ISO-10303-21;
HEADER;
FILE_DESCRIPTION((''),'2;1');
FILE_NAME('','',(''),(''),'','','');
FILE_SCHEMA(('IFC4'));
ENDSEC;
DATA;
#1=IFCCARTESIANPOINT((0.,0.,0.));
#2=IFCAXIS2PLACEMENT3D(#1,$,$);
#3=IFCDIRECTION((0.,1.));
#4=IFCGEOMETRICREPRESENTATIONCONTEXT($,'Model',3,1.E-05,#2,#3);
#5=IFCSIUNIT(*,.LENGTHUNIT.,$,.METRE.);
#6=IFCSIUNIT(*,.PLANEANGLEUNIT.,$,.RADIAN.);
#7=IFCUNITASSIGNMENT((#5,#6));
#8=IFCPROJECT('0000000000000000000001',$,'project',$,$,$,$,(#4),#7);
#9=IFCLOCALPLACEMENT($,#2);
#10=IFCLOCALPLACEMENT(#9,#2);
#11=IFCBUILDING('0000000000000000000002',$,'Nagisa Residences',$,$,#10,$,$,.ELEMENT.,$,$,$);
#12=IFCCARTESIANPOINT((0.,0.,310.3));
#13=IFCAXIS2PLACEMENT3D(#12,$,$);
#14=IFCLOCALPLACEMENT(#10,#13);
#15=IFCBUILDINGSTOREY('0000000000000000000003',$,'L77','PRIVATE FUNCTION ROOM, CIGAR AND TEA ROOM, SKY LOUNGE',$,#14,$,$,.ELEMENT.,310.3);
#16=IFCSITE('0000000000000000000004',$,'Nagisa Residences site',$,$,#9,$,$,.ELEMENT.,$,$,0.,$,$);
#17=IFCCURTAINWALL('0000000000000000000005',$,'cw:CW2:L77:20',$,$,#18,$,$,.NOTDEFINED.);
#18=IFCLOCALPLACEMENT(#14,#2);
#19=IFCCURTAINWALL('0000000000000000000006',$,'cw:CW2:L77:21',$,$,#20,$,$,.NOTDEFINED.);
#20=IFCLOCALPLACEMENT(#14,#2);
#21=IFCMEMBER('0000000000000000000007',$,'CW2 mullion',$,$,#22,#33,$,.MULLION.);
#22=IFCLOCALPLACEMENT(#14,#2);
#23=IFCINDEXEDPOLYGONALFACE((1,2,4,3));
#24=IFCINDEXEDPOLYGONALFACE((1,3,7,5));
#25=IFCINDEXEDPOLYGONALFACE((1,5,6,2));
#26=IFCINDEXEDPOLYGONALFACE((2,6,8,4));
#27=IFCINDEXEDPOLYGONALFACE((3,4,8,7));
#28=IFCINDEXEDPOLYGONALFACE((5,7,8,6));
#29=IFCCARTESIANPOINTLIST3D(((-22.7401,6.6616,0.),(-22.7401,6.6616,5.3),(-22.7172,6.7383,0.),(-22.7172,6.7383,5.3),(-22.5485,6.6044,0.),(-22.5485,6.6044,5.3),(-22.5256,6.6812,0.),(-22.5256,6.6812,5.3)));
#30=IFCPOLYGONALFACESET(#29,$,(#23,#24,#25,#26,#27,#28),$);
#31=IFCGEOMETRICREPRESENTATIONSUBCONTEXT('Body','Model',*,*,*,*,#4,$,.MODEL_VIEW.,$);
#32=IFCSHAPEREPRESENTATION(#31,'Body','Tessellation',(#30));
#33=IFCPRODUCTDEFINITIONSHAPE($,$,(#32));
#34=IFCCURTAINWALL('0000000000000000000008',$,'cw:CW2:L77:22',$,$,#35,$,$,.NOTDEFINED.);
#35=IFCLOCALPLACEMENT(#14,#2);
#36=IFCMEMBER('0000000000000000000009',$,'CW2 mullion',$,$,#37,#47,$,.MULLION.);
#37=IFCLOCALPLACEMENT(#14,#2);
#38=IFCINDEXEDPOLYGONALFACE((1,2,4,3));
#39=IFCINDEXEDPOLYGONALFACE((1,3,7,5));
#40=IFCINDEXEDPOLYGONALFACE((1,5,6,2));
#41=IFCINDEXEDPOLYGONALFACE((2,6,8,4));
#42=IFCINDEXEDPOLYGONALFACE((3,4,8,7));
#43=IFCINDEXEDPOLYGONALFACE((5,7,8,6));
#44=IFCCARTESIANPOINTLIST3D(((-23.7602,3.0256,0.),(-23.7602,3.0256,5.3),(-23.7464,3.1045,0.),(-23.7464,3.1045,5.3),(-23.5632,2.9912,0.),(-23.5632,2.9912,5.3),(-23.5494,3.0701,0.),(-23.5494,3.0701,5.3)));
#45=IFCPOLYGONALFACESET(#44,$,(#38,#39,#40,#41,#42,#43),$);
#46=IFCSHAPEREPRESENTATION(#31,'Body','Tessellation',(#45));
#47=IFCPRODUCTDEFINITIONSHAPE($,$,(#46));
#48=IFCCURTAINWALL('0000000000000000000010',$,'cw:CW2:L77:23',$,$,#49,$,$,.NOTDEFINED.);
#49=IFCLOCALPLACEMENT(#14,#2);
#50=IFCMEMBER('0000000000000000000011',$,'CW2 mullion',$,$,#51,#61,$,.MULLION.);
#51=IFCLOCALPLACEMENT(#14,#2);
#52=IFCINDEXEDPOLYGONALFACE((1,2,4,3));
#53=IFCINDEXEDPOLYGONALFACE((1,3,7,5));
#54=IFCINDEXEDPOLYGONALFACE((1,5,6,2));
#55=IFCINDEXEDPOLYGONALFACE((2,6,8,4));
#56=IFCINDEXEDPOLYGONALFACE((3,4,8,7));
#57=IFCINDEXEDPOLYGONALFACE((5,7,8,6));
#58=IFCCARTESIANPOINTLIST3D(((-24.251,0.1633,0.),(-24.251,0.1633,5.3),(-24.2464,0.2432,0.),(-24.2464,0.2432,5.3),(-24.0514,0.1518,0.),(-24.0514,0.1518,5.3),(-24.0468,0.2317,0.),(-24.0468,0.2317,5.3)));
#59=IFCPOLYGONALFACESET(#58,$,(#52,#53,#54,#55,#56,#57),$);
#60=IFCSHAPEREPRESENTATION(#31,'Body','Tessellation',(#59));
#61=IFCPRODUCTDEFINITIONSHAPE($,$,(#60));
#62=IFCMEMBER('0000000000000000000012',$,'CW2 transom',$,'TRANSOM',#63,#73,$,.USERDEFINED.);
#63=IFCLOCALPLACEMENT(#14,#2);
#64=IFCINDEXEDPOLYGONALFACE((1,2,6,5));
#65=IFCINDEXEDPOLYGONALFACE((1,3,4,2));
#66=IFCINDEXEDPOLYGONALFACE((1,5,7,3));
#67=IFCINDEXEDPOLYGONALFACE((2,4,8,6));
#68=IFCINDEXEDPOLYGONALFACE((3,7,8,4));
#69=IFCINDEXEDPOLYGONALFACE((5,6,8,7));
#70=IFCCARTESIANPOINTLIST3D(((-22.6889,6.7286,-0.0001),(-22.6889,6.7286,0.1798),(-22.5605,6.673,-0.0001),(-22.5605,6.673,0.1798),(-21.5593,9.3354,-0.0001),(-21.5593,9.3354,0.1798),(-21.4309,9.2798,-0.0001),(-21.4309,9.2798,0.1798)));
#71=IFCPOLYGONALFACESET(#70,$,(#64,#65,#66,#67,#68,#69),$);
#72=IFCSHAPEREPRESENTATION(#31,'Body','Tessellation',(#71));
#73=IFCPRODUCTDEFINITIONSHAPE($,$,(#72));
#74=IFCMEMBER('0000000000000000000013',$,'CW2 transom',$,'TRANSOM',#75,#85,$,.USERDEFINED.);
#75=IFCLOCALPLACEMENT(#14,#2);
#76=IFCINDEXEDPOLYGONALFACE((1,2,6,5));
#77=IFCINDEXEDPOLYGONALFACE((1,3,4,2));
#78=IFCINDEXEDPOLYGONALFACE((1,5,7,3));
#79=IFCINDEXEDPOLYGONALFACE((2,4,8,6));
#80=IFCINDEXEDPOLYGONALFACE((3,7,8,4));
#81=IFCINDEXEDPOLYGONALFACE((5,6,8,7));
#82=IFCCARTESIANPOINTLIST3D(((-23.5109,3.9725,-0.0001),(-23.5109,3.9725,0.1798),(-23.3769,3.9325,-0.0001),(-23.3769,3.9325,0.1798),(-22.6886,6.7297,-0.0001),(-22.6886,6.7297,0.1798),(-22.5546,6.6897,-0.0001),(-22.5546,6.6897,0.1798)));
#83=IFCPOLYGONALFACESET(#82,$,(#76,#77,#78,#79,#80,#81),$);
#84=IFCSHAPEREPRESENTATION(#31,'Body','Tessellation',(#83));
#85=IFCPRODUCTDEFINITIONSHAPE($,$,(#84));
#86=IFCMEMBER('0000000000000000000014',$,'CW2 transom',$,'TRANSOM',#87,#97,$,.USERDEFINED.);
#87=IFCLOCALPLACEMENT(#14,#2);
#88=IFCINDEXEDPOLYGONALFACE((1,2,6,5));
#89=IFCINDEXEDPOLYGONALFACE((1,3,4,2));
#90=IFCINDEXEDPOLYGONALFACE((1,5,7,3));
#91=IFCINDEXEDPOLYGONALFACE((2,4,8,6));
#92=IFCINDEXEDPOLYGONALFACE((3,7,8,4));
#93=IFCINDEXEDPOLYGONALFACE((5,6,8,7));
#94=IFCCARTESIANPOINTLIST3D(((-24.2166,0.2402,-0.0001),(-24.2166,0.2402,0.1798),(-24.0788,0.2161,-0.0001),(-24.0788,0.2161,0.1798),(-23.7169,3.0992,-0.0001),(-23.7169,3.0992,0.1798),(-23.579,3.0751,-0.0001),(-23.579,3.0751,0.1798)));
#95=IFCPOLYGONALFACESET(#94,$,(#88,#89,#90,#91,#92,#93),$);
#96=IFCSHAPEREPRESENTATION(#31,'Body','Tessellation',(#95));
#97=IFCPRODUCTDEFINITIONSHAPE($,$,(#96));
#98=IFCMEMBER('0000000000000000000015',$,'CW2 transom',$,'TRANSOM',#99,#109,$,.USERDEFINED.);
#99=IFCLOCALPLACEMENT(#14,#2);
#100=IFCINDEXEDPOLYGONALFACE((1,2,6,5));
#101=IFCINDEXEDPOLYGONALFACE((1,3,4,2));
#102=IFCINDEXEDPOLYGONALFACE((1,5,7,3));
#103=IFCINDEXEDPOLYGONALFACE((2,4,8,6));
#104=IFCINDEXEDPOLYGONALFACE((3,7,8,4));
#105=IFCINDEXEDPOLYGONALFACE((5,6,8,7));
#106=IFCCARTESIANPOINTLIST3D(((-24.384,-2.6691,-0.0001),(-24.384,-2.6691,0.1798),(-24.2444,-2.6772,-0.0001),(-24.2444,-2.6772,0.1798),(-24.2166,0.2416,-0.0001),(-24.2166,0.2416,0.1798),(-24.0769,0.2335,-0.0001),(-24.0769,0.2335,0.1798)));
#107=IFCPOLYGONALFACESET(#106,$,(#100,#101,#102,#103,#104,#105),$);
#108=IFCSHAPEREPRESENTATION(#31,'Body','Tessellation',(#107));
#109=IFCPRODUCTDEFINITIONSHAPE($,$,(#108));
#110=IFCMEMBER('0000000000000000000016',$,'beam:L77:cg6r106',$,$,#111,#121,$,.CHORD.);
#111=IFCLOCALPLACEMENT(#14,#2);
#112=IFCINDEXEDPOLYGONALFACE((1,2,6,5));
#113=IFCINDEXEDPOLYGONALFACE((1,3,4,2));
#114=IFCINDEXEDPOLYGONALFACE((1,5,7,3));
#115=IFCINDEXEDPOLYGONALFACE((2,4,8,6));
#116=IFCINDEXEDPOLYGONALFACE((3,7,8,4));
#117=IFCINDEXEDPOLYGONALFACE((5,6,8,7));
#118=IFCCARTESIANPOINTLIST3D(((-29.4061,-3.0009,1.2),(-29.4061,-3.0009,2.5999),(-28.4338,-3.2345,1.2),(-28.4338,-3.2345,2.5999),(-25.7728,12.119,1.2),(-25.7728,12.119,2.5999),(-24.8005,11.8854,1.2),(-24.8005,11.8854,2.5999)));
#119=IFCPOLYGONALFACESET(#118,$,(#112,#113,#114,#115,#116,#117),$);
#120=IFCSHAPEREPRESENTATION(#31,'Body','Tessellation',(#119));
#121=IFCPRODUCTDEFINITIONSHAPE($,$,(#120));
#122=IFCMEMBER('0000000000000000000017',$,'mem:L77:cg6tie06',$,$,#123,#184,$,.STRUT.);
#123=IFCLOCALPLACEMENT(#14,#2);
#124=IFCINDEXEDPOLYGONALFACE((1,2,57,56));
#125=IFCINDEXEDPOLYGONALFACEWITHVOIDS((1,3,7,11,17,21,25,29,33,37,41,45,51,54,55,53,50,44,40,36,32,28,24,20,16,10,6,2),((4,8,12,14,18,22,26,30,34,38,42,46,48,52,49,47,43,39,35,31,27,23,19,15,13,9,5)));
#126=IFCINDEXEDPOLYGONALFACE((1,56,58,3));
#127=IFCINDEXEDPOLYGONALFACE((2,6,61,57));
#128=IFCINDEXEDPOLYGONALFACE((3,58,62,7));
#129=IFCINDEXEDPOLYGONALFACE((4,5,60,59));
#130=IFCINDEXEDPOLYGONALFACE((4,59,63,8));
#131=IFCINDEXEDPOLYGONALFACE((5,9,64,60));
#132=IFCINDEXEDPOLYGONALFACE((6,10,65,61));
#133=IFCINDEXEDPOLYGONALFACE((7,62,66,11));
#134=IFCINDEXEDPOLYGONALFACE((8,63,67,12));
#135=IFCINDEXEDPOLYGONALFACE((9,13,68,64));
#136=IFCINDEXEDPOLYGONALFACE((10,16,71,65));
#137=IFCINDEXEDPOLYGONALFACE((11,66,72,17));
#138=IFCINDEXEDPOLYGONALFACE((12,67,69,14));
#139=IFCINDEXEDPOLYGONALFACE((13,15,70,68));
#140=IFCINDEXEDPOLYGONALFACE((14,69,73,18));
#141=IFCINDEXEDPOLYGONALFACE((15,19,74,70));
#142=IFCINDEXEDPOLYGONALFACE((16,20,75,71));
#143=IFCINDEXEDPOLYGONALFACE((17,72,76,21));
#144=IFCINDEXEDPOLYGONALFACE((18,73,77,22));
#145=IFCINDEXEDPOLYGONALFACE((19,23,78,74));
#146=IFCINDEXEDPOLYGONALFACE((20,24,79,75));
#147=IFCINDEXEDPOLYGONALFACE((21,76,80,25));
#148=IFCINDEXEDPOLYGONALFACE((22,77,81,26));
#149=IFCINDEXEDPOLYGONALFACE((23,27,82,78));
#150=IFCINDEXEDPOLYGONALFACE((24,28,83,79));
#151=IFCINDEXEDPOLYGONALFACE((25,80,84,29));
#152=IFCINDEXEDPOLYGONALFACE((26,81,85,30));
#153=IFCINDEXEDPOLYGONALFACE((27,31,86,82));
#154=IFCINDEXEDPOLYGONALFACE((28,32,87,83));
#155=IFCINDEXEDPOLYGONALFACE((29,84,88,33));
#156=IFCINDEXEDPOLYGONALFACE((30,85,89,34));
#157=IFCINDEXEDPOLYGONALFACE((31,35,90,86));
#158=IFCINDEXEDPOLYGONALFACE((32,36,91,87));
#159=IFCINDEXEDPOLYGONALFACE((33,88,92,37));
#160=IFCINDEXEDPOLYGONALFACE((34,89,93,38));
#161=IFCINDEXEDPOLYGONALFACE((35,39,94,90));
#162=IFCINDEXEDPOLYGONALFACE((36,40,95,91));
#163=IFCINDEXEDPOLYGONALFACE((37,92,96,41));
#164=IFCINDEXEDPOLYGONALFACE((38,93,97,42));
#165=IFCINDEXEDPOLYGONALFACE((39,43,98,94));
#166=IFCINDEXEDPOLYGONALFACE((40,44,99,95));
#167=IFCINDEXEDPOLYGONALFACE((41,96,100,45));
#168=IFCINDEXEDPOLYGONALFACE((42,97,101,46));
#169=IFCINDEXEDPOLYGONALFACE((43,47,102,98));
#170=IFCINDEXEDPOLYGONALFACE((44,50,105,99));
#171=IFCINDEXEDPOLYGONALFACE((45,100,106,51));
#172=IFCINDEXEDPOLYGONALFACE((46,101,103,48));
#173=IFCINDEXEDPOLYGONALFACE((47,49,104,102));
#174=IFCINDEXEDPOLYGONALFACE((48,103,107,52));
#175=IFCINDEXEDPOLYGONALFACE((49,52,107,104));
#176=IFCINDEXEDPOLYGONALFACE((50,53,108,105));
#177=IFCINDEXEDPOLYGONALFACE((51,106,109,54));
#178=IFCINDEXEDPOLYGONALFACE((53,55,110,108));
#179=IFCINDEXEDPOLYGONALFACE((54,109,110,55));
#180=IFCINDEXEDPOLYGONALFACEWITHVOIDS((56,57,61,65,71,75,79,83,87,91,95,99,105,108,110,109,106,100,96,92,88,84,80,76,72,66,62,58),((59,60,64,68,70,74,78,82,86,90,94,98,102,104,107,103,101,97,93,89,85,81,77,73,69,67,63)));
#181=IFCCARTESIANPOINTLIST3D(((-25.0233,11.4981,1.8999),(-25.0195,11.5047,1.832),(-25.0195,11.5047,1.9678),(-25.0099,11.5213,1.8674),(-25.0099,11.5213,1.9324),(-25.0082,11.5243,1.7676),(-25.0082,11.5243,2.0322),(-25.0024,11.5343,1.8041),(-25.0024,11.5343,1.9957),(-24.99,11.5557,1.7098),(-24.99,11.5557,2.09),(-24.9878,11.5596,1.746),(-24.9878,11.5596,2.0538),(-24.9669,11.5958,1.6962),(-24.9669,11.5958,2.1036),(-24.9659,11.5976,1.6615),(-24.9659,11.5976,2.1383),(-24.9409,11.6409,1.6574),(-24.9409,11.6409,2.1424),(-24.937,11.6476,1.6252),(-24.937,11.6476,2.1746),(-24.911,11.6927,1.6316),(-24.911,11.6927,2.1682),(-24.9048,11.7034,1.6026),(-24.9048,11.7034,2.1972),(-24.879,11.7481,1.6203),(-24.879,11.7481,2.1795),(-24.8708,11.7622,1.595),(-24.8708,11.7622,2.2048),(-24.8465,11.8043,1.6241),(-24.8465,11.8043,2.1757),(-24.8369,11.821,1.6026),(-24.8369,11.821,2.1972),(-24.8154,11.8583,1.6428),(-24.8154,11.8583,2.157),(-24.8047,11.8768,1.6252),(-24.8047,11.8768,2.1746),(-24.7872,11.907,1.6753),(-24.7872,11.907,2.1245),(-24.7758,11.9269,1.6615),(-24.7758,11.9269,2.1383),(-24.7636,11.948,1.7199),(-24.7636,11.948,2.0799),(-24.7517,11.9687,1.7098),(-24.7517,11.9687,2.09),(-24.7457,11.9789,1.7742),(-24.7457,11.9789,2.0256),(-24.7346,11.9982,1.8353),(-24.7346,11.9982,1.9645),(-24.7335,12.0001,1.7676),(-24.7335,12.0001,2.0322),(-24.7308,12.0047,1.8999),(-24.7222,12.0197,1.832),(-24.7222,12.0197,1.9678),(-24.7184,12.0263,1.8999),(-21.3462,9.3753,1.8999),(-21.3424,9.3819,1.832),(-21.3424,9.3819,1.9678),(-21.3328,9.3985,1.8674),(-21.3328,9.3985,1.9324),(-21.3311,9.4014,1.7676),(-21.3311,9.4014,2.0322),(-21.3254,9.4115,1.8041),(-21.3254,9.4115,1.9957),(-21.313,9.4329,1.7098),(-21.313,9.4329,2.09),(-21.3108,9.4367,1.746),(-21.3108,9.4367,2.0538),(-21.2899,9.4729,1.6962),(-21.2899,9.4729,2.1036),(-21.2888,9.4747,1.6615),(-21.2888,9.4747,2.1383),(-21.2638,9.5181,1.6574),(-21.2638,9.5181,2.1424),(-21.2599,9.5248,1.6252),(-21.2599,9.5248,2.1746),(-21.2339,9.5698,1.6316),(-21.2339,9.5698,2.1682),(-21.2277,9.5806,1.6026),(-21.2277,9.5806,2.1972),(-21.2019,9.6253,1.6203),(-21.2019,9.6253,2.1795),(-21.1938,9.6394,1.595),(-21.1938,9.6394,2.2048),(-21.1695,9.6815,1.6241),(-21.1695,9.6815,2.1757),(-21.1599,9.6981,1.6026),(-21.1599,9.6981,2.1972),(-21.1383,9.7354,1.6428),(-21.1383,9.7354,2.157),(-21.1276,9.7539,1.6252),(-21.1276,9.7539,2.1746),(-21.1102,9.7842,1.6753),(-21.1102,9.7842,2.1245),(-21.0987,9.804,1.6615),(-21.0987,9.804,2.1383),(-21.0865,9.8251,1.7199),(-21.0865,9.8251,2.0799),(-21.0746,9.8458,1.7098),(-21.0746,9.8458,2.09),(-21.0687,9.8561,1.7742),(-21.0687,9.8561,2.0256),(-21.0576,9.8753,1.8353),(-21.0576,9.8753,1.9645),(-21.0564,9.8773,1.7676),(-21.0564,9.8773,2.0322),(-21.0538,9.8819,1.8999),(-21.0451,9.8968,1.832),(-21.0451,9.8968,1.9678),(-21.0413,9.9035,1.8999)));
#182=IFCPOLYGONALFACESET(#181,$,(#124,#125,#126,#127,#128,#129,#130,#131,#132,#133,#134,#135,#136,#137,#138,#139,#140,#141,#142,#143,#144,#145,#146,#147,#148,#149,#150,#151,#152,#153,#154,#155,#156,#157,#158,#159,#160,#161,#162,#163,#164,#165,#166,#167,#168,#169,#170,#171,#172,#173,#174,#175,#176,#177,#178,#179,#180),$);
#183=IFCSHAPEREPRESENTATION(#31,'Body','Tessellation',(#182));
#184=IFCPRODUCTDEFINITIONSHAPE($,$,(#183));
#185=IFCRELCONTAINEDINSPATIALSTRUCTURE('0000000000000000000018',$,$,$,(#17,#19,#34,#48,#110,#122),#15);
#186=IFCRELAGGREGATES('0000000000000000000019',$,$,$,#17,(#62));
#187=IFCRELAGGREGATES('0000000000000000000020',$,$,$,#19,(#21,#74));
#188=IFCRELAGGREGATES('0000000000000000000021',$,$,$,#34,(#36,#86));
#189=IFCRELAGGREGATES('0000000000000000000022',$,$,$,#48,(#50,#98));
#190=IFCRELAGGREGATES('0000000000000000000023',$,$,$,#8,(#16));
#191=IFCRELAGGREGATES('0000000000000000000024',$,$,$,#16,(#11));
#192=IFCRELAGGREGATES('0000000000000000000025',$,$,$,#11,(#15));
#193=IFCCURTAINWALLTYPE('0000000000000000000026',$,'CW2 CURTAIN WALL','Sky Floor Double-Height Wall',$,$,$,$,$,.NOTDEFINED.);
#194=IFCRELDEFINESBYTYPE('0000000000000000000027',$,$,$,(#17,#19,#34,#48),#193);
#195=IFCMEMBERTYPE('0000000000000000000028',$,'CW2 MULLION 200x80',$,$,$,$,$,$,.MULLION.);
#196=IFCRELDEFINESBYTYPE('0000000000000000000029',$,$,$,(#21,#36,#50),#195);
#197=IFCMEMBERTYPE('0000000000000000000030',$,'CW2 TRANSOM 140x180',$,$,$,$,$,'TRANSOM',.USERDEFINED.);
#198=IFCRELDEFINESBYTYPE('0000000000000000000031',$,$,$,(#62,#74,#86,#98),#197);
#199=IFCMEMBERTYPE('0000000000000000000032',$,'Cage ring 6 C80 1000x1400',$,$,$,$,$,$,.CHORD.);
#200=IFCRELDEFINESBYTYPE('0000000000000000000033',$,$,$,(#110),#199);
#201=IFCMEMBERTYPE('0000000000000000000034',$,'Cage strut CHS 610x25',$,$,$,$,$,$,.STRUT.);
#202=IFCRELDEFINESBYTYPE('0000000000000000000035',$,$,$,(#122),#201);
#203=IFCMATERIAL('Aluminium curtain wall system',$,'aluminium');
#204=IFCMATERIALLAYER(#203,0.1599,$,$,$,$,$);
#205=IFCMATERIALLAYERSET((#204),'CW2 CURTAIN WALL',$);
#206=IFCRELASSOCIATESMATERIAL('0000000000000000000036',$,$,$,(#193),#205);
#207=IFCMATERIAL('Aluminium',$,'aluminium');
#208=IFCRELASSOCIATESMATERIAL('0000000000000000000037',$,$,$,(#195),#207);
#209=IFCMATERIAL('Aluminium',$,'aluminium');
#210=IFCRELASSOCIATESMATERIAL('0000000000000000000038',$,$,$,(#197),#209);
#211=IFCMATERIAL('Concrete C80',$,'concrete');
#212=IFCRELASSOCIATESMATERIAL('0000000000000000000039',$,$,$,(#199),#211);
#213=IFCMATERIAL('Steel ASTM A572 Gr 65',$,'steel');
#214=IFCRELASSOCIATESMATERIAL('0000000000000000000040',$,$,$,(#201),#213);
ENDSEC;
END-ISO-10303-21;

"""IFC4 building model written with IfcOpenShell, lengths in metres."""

from ifc_helpers import new_model, si_unit, direction, frame, origin, origin_2d, place, context, subcontext, project, spatial, rectangle, hollow_circle, extrude, material, layer, layer_set, material_profile, profile_set, type_object, element, aggregate, save


model = new_model("IFC4")

# Units and contexts
model_context = context("Model", 3, precision=1e-05, world=origin(), true_north=direction((0.0, 1.0)))
body_context = subcontext(model_context, "Body", "Model", "MODEL_VIEW")
ifc_project = project(units=[si_unit("LENGTHUNIT", "METRE"), si_unit("PLANEANGLEUNIT", "RADIAN")], contexts=[model_context])

# Site, building, storey
site_placement = place(None, origin())
site = spatial("IfcSite", under=ifc_project, at=site_placement, Name="Nagisa Residences site", CompositionType="ELEMENT", RefElevation=0.0)
building_placement = place(site_placement, origin())
building = spatial("IfcBuilding", under=site, at=building_placement, Name="Nagisa Residences", CompositionType="ELEMENT")
storey_placement = place(building_placement, frame((0.0, 0.0, 310.3)))
storey = spatial("IfcBuildingStorey", under=building, at=storey_placement, Name="L77", Description="PRIVATE FUNCTION ROOM, CIGAR AND TEA ROOM, SKY LOUNGE", CompositionType="ELEMENT", Elevation=310.3)

# Curtain walls, members
ifc_material_1 = material(Name="Aluminium curtain wall system", Category="aluminium")
ifc_layer_1 = layer(ifc_material_1, 0.1599)
ifc_layer_set_1 = layer_set([ifc_layer_1], Name="CW2 CURTAIN WALL")
curtain_wall_type = type_object("IfcCurtainWallType", Name="CW2 CURTAIN WALL", Description="Sky Floor Double-Height Wall", PredefinedType="NOTDEFINED", material=ifc_layer_set_1)
ifc_material_2 = material(Name="Aluminium", Category="aluminium")
ifc_material_profile_1 = material_profile(ifc_material_2, rectangle(XDim=0.2, YDim=0.0801, at=origin_2d()), Name="CW2 MULLION 200x80")
ifc_profile_set_1 = profile_set([ifc_material_profile_1], Name="Aluminium")
member_type_1 = type_object("IfcMemberType", Name="CW2 MULLION 200x80", PredefinedType="MULLION", material=ifc_profile_set_1)
curtain_wall_1_placement = place(storey_placement, origin())
curtain_wall_1 = element("IfcCurtainWall", 1, at=curtain_wall_1_placement, inside=storey, type_object=curtain_wall_type, Name="cw:CW2:L77:20", PredefinedType="NOTDEFINED")
curtain_wall_2_placement = place(storey_placement, origin())
curtain_wall_2 = element("IfcCurtainWall", 2, at=curtain_wall_2_placement, inside=storey, type_object=curtain_wall_type, Name="cw:CW2:L77:21", PredefinedType="NOTDEFINED")
member_1_placement = place(storey_placement, frame((-22.6328, 6.6714, 0.0), z_axis=(0.0, 0.0, 1.0), x_axis=(0.958271, -0.28586, 0.0)))
member_1 = element("IfcMember", 3, at=member_1_placement, type_object=member_type_1, Name="CW2 mullion", PredefinedType="MULLION", context=body_context, shape_type="SweptSolid", body=[
    extrude(rectangle(XDim=0.2, YDim=0.0801, at=origin_2d()), origin(), (0.0, 0.0, 1.0), 5.3),
])
curtain_wall_3_placement = place(storey_placement, origin())
curtain_wall_3 = element("IfcCurtainWall", 4, at=curtain_wall_3_placement, inside=storey, type_object=curtain_wall_type, Name="cw:CW2:L77:22", PredefinedType="NOTDEFINED")
member_2_placement = place(storey_placement, frame((-23.6548, 3.0479, 0.0), z_axis=(0.0, 0.0, 1.0), x_axis=(0.985064, -0.172191, 0.0)))
member_2 = element("IfcMember", 5, at=member_2_placement, type_object=member_type_1, Name="CW2 mullion", PredefinedType="MULLION", context=body_context, shape_type="SweptSolid", body=[
    extrude(rectangle(XDim=0.2, YDim=0.0801, at=origin_2d()), origin(), (0.0, 0.0, 1.0), 5.3),
])
curtain_wall_4_placement = place(storey_placement, origin())
curtain_wall_4 = element("IfcCurtainWall", 6, at=curtain_wall_4_placement, inside=storey, type_object=curtain_wall_type, Name="cw:CW2:L77:23", PredefinedType="NOTDEFINED")
member_3_placement = place(storey_placement, frame((-24.1489, 0.1975, 0.0), z_axis=(0.0, 0.0, 1.0), x_axis=(0.998345, -0.057503, 0.0)))
member_3 = element("IfcMember", 7, at=member_3_placement, type_object=member_type_1, Name="CW2 mullion", PredefinedType="MULLION", context=body_context, shape_type="SweptSolid", body=[
    extrude(rectangle(XDim=0.2, YDim=0.0801, at=origin_2d()), origin(), (0.0, 0.0, 1.0), 5.3),
])

# Members
ifc_material_3 = material(Name="Aluminium", Category="aluminium")
ifc_material_profile_2 = material_profile(ifc_material_3, rectangle(XDim=0.1399, YDim=0.1799, at=origin_2d()), Name="CW2 TRANSOM 140x180")
ifc_profile_set_2 = profile_set([ifc_material_profile_2], Name="Aluminium")
member_type_2 = type_object("IfcMemberType", Name="CW2 TRANSOM 140x180", ElementType="TRANSOM", PredefinedType="USERDEFINED", material=ifc_profile_set_2)
member_4_placement = place(storey_placement, frame((-21.4951, 9.3076, 0.0898), z_axis=(-0.397598, -0.91756, 0.0), x_axis=(0.91756, -0.397598, 0.0)))
member_4 = element("IfcMember", 8, at=member_4_placement, type_object=member_type_2, Name="CW2 transom", ObjectType="TRANSOM", PredefinedType="USERDEFINED", context=body_context, shape_type="SweptSolid", body=[
    extrude(rectangle(XDim=0.1399, YDim=0.1799, at=origin_2d()), origin(), (0.0, 0.0, 1.0), 2.8411),
])
member_5_placement = place(storey_placement, frame((-22.6216, 6.7097, 0.0898), z_axis=(-0.285798, -0.95829, 0.0), x_axis=(0.95829, -0.285798, 0.0)))
member_5 = element("IfcMember", 9, at=member_5_placement, type_object=member_type_2, Name="CW2 transom", ObjectType="TRANSOM", PredefinedType="USERDEFINED", context=body_context, shape_type="SweptSolid", body=[
    extrude(rectangle(XDim=0.1399, YDim=0.1799, at=origin_2d()), origin(), (0.0, 0.0, 1.0), 2.8772),
])
member_6_placement = place(storey_placement, frame((-23.6479, 3.0872, 0.0898), z_axis=(-0.172197, -0.985063, 0.0), x_axis=(0.985063, -0.172197, 0.0)))
member_6 = element("IfcMember", 10, at=member_6_placement, type_object=member_type_2, Name="CW2 transom", ObjectType="TRANSOM", PredefinedType="USERDEFINED", context=body_context, shape_type="SweptSolid", body=[
    extrude(rectangle(XDim=0.1399, YDim=0.1799, at=origin_2d()), origin(), (0.0, 0.0, 1.0), 2.9023),
])
member_7_placement = place(storey_placement, frame((-24.1467, 0.2375, 0.0898), z_axis=(-0.057446, -0.998349, 0.0), x_axis=(0.998349, -0.057446, 0.0)))
member_7 = element("IfcMember", 11, at=member_7_placement, type_object=member_type_2, Name="CW2 transom", ObjectType="TRANSOM", PredefinedType="USERDEFINED", context=body_context, shape_type="SweptSolid", body=[
    extrude(rectangle(XDim=0.1399, YDim=0.1799, at=origin_2d()), origin(), (0.0, 0.0, 1.0), 2.9155),
])

# Members
ifc_material_4 = material(Name="Concrete C80", Category="concrete")
ifc_material_profile_3 = material_profile(ifc_material_4, rectangle(XDim=1.0, YDim=1.3999, at=origin_2d()), Name="C80 1000x1400")
ifc_profile_set_3 = profile_set([ifc_material_profile_3], Name="Concrete C80")
member_type_3 = type_object("IfcMemberType", Name="Cage ring 6 C80 1000x1400", PredefinedType="CHORD", material=ifc_profile_set_3)
member_8_placement = place(storey_placement, frame((-25.2866, 12.0022, 1.8999), z_axis=(-0.233648, -0.972321, 0.0), x_axis=(0.972321, -0.233648, 0.0)))
element("IfcMember", 12, at=member_8_placement, inside=storey, type_object=member_type_3, Name="beam:L77:cg6r106", PredefinedType="CHORD", context=body_context, shape_type="SweptSolid", body=[
    extrude(rectangle(XDim=1.0, YDim=1.3999, at=origin_2d()), origin(), (0.0, 0.0, 1.0), 15.5503),
])
ifc_material_5 = material(Name="Steel ASTM A572 Gr 65", Category="steel")
ifc_material_profile_4 = material_profile(ifc_material_5, hollow_circle(Radius=0.3049, WallThickness=0.0249, at=origin_2d()), Name="CHS 610x25")
ifc_profile_set_4 = profile_set([ifc_material_profile_4], Name="Steel ASTM A572 Gr 65")
member_type_4 = type_object("IfcMemberType", Name="Cage strut CHS 610x25", PredefinedType="STRUT", material=ifc_profile_set_4)
member_9_placement = place(storey_placement, frame((-24.8708, 11.7622, 1.8999), z_axis=(0.866037, -0.49998, 0.0), x_axis=(0.49998, 0.866037, 0.0)))
element("IfcMember", 13, at=member_9_placement, inside=storey, type_object=member_type_4, Name="mem:L77:cg6tie06", PredefinedType="STRUT", context=body_context, shape_type="SweptSolid", body=[
    extrude(hollow_circle(Radius=0.3049, WallThickness=0.0249, at=origin_2d()), origin(), (0.0, 0.0, 1.0), 4.2458),
])

aggregate(curtain_wall_1, [member_4])
aggregate(curtain_wall_2, [member_1, member_5])
aggregate(curtain_wall_3, [member_2, member_6])
aggregate(curtain_wall_4, [member_3, member_7])

save(model, "model.ifc")
